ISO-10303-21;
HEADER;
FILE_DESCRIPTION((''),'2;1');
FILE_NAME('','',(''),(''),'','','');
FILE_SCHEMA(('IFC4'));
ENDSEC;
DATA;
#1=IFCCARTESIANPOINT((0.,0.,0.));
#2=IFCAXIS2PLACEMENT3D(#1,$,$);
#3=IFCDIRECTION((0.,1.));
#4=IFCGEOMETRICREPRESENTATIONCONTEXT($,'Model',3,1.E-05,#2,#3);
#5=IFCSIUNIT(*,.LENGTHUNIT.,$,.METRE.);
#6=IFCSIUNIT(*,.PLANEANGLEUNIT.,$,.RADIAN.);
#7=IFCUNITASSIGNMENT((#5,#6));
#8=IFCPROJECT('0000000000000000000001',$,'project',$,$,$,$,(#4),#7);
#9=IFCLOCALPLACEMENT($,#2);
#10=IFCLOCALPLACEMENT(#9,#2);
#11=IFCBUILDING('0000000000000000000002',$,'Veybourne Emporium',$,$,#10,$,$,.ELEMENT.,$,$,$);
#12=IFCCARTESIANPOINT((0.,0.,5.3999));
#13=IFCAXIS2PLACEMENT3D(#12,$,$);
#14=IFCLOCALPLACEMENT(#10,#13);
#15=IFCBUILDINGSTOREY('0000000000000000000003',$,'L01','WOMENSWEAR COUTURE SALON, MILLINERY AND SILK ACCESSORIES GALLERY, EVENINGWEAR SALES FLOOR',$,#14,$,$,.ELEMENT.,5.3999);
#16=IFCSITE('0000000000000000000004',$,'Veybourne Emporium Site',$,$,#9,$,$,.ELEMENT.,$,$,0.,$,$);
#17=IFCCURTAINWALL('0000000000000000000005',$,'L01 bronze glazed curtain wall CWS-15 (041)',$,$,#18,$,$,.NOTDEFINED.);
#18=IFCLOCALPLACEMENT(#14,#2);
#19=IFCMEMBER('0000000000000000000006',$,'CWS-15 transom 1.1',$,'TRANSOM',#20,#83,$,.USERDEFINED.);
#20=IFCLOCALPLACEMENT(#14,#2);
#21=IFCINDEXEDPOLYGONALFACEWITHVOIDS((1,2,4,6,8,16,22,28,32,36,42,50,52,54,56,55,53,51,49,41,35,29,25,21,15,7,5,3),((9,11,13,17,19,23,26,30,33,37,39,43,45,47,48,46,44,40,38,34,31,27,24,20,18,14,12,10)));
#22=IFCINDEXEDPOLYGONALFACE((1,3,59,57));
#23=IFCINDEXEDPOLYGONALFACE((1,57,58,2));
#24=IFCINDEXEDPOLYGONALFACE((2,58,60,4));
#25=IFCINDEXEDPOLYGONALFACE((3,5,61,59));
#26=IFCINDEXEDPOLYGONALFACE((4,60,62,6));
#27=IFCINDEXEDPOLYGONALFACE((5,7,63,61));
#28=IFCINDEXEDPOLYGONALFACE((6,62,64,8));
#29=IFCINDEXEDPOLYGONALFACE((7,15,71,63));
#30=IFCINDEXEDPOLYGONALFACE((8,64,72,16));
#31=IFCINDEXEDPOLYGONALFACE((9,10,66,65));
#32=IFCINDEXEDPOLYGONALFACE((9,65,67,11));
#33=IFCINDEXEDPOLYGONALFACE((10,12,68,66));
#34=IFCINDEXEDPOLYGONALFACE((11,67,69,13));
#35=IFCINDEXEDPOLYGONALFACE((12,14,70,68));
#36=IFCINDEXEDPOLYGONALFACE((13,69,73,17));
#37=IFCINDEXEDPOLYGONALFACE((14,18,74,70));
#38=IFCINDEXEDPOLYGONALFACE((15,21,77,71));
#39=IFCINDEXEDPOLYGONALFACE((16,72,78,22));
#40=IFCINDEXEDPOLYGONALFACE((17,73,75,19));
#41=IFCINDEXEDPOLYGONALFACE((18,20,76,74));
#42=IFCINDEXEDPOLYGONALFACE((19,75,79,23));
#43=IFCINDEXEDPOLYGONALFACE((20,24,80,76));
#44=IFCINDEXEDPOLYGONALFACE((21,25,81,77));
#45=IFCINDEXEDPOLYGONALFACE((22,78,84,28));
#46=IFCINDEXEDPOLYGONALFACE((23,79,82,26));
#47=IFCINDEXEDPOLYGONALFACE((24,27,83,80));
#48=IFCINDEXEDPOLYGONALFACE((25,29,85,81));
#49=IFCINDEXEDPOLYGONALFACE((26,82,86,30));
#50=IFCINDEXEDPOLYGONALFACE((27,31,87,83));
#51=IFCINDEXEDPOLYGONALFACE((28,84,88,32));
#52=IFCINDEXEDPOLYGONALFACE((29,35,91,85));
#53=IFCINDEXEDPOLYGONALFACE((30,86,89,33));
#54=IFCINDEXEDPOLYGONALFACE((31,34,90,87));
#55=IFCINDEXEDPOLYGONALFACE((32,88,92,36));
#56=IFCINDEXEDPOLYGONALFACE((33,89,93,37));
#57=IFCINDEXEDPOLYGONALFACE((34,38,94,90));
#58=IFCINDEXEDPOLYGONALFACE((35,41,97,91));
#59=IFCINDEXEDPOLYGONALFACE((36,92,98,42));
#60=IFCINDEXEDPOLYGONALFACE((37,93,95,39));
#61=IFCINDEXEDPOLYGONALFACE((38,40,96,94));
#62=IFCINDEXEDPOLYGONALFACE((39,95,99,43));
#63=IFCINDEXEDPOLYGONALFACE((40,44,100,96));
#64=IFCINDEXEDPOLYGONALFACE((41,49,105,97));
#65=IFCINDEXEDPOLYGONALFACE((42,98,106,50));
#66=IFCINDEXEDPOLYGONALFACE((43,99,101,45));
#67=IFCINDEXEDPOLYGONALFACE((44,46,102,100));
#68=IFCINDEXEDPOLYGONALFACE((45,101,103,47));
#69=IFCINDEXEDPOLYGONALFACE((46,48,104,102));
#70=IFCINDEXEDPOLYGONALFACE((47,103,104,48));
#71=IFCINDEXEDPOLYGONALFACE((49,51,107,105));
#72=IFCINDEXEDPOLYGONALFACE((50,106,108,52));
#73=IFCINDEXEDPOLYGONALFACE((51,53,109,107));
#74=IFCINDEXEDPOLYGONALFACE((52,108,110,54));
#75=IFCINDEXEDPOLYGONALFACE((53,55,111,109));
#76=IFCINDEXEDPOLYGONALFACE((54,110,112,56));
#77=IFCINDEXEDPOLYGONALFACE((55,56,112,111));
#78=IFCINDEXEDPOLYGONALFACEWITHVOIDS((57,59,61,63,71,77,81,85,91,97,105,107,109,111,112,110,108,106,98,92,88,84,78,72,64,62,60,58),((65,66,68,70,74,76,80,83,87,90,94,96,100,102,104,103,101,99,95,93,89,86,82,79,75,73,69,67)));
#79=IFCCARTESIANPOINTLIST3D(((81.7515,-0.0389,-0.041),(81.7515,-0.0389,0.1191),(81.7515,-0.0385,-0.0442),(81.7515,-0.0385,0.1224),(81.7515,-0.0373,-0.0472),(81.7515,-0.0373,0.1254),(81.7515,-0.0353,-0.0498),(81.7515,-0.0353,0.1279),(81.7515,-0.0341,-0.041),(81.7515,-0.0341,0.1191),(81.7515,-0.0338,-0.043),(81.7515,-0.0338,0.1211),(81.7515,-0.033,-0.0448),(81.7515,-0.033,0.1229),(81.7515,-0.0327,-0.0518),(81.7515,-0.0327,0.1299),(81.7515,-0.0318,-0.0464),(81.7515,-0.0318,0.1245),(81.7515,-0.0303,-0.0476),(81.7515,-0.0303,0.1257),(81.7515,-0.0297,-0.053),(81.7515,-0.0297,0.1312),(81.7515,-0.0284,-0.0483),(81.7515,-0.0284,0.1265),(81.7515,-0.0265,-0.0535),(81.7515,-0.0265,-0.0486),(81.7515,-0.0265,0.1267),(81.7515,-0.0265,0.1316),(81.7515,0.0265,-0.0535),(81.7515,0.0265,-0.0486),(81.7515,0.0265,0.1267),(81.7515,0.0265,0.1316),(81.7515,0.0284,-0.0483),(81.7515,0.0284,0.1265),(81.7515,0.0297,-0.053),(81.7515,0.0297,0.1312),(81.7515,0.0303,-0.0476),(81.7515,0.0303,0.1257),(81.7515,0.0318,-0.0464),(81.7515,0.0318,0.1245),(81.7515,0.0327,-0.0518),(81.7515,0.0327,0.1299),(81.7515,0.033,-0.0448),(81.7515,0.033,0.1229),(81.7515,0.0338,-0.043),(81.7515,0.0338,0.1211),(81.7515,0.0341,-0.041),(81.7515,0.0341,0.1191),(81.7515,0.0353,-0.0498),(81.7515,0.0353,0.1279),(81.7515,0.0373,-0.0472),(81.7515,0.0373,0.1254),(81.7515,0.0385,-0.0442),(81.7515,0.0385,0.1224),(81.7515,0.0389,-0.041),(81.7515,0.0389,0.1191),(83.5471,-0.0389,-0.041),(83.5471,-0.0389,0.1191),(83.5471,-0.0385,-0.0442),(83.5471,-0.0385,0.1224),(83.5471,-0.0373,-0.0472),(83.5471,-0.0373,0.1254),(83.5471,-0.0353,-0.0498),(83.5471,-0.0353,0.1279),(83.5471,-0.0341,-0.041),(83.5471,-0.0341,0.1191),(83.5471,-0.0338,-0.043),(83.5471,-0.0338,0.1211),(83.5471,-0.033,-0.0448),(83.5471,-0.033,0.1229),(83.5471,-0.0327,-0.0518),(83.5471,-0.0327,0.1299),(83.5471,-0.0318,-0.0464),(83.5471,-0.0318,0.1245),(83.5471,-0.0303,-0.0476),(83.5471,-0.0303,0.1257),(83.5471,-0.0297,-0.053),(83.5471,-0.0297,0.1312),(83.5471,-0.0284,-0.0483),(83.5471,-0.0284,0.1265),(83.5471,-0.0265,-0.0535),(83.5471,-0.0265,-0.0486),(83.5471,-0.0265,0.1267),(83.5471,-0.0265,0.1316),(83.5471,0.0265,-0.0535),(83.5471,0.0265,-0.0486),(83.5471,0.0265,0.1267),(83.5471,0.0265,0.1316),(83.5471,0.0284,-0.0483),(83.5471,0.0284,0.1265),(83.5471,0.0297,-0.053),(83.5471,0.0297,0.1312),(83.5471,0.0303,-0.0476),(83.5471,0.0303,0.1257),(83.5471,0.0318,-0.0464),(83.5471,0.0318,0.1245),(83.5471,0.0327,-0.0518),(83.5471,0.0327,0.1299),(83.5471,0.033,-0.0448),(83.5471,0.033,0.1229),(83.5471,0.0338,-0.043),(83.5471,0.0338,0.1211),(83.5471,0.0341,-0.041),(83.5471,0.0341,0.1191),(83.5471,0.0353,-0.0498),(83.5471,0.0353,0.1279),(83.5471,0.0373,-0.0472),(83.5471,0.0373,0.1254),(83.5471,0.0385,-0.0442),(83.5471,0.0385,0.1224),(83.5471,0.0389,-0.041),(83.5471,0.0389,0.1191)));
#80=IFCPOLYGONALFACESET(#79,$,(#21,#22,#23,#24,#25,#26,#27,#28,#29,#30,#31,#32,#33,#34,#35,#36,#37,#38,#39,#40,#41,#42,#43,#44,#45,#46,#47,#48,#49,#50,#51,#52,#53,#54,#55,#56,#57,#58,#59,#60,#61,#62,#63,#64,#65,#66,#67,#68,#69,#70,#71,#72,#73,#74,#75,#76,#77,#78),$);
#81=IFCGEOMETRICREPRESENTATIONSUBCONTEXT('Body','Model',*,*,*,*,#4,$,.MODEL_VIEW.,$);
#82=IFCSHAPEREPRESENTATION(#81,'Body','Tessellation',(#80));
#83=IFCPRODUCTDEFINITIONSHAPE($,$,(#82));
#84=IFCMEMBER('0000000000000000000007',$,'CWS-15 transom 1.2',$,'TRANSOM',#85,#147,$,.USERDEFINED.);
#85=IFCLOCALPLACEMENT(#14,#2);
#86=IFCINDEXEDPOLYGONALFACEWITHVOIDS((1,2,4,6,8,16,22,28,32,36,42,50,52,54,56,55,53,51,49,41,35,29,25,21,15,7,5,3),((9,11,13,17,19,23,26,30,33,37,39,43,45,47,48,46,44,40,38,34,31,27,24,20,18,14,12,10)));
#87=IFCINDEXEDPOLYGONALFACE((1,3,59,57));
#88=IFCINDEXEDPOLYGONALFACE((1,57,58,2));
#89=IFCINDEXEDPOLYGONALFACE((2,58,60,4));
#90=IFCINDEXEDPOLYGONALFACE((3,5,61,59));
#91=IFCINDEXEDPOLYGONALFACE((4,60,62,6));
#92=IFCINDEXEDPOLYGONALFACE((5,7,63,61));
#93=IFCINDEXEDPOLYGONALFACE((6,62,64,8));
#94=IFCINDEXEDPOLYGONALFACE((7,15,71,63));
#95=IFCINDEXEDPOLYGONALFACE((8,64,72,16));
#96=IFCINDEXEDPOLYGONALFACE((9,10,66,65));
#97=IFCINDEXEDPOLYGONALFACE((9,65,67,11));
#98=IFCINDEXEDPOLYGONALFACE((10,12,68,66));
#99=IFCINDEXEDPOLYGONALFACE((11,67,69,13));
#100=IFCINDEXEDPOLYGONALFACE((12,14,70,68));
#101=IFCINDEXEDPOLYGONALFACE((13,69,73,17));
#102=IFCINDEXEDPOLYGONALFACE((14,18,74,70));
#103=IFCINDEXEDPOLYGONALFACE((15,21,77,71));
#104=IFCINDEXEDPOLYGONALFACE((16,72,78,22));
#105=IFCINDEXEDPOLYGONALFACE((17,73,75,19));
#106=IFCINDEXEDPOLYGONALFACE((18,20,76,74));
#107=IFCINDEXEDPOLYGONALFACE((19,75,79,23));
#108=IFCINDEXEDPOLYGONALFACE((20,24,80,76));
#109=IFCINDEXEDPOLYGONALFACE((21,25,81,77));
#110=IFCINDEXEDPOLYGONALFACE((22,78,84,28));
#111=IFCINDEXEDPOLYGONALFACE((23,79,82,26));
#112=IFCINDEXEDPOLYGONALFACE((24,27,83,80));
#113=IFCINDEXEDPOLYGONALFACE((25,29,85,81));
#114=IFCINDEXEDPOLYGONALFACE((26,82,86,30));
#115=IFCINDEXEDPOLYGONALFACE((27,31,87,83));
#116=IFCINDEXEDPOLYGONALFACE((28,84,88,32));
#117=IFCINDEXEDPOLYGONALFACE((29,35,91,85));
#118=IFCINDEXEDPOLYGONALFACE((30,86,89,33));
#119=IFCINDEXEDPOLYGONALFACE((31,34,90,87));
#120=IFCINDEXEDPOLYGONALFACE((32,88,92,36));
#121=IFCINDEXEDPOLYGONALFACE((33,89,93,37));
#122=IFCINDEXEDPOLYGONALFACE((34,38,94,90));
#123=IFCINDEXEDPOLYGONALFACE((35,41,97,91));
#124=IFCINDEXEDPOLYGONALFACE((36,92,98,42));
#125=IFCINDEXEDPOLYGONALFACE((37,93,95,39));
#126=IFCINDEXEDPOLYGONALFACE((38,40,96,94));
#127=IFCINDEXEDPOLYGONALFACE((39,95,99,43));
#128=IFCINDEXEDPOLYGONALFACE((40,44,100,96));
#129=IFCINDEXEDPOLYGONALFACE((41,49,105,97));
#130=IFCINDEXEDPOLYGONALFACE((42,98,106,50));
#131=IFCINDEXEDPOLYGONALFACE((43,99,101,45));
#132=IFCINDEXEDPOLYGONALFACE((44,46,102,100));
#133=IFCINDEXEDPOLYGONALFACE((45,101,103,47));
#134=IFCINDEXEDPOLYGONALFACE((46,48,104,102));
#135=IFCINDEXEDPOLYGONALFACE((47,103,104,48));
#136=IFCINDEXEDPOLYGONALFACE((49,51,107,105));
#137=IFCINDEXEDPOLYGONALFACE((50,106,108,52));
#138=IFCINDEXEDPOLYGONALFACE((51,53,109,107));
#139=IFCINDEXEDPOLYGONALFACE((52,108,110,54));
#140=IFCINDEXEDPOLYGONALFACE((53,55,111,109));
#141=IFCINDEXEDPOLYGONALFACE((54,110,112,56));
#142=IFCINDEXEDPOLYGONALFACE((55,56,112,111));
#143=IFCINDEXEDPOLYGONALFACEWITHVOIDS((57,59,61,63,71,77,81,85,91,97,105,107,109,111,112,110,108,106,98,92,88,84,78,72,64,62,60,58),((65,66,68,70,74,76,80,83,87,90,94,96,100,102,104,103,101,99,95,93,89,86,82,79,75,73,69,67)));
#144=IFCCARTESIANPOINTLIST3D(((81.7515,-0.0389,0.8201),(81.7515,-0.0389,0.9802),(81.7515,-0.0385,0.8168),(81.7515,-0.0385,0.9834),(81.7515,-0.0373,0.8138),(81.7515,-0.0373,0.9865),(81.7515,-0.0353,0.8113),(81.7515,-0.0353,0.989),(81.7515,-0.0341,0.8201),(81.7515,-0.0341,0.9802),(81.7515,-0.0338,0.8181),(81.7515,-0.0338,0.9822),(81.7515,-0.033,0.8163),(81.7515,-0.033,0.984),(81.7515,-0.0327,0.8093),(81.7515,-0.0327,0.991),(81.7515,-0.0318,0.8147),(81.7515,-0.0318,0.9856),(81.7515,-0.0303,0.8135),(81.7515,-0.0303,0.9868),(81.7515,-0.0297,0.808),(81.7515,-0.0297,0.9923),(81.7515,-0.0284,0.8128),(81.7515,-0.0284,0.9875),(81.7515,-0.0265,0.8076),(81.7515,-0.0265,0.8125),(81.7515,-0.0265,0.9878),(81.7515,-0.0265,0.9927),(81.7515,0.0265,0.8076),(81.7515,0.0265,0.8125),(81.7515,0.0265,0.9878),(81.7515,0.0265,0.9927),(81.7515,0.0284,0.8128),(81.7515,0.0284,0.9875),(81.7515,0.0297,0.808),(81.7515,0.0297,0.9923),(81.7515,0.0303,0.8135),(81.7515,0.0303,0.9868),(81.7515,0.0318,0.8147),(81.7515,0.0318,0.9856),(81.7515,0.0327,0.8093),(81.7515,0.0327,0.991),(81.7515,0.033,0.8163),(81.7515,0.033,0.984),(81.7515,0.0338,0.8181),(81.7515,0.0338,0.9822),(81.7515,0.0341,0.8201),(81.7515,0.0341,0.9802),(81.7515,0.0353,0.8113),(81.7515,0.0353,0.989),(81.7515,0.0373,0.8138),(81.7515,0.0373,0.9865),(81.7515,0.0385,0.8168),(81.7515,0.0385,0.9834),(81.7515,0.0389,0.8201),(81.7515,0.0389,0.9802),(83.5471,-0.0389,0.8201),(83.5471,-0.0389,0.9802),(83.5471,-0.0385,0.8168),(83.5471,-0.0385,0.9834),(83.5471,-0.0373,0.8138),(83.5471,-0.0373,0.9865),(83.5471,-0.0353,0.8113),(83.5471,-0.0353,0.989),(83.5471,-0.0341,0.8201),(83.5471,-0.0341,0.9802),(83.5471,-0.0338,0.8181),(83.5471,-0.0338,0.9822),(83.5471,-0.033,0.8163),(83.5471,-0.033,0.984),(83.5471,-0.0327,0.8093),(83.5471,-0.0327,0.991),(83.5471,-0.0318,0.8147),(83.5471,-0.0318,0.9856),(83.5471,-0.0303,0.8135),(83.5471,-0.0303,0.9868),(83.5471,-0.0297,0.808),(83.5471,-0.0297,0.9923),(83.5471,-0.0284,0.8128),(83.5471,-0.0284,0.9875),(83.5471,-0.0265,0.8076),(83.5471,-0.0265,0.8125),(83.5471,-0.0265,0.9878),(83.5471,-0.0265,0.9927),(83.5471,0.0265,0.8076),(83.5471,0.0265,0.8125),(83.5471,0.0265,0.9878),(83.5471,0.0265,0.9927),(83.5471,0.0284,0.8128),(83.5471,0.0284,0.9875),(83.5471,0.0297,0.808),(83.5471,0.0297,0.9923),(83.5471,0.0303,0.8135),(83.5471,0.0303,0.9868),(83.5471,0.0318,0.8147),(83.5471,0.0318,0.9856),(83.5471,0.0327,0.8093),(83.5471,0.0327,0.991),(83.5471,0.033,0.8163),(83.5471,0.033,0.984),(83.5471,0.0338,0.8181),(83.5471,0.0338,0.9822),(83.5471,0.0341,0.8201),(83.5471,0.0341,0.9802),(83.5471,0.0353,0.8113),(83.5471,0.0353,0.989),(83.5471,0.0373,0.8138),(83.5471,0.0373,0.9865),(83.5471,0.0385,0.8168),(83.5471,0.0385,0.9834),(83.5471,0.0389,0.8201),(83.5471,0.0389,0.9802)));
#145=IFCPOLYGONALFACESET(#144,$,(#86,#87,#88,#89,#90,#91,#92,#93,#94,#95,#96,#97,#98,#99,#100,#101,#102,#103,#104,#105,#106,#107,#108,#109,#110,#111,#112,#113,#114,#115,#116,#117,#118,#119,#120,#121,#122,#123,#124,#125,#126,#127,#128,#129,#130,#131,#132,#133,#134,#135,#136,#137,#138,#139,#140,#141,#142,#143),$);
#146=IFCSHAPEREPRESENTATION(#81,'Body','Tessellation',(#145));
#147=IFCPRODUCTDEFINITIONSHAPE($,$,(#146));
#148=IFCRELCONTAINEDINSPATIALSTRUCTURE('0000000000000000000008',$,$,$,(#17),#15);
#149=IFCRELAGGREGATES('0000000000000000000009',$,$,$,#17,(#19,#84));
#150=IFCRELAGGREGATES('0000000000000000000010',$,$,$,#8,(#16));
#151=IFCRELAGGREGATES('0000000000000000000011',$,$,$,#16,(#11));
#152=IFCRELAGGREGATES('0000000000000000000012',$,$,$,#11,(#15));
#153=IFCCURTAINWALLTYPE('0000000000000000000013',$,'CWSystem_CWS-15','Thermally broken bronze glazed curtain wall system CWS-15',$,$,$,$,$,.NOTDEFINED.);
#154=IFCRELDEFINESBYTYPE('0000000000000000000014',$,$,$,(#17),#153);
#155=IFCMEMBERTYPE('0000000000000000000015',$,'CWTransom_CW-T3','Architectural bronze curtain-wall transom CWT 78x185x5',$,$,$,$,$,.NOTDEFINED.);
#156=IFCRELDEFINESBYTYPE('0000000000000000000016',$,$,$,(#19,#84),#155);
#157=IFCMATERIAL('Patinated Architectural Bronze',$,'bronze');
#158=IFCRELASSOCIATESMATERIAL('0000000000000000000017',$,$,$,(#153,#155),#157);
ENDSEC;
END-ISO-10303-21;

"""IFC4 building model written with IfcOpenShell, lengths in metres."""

from ifc_helpers import new_model, si_unit, direction, frame, origin, origin_2d, place, context, subcontext, project, spatial, hollow_rectangle, extrude, material, material_profile, profile_set, type_object, element, aggregate, save


model = new_model("IFC4")

# Units and contexts
model_context = context("Model", 3, precision=1e-05, world=origin(), true_north=direction((0.0, 1.0)))
body_context = subcontext(model_context, "Body", "Model", "MODEL_VIEW")
ifc_project = project(units=[si_unit("LENGTHUNIT", "METRE"), si_unit("PLANEANGLEUNIT", "RADIAN")], contexts=[model_context])

# Site, building, storey
site_placement = place(None, origin())
site = spatial("IfcSite", under=ifc_project, at=site_placement, Name="Veybourne Emporium Site", CompositionType="ELEMENT", RefElevation=0.0)
building_placement = place(site_placement, origin())
building = spatial("IfcBuilding", under=site, at=building_placement, Name="Veybourne Emporium", CompositionType="ELEMENT")
storey_placement = place(building_placement, frame((0.0, 0.0, 5.3999)))
storey = spatial("IfcBuildingStorey", under=building, at=storey_placement, Name="L01", Description="WOMENSWEAR COUTURE SALON, MILLINERY AND SILK ACCESSORIES GALLERY, EVENINGWEAR SALES FLOOR", CompositionType="ELEMENT", Elevation=5.3999)

# Shared definitions
ifc_material_1 = material(Name="Patinated Architectural Bronze", Category="bronze")

# Curtain wall
curtain_wall_type_1 = type_object("IfcCurtainWallType", Name="CWSystem_CWS-15", Description="Thermally broken bronze glazed curtain wall system CWS-15", PredefinedType="NOTDEFINED", material=ifc_material_1)
curtain_wall_1_placement = place(storey_placement, origin())
curtain_wall_1 = element("IfcCurtainWall", 1, at=curtain_wall_1_placement, inside=storey, type_object=curtain_wall_type_1, Name="L01 bronze glazed curtain wall CWS-15 (041)", PredefinedType="NOTDEFINED")

# Members
ifc_material_profile_1 = material_profile(ifc_material_1, hollow_rectangle(XDim=0.0779, YDim=0.1851, WallThickness=0.0049, InnerFilletRadius=0.0076, OuterFilletRadius=0.0125, at=origin_2d()), Name="CWT 78x185x5")
ifc_profile_set_1 = profile_set([ifc_material_profile_1], Name="Patinated Architectural Bronze")
member_type_1 = type_object("IfcMemberType", Name="CWTransom_CW-T3", Description="Architectural bronze curtain-wall transom CWT 78x185x5", PredefinedType="NOTDEFINED", material=ifc_profile_set_1)
member_1_placement = place(storey_placement, frame((83.5471, 0.0, 0.0391), z_axis=(-1.0, 0.0, 0.0), x_axis=(0.0, -1.0, 0.0)))
member_1 = element("IfcMember", 2, at=member_1_placement, type_object=member_type_1, Name="CWS-15 transom 1.1", ObjectType="TRANSOM", PredefinedType="USERDEFINED", context=body_context, shape_type="SweptSolid", body=[
    extrude(hollow_rectangle(XDim=0.0779, YDim=0.1851, WallThickness=0.0049, InnerFilletRadius=0.0076, OuterFilletRadius=0.0125, at=origin_2d()), origin(), (0.0, 0.0, 1.0), 1.7957),
])
member_2_placement = place(storey_placement, frame((83.5471, 0.0, 0.9001), z_axis=(-1.0, 0.0, 0.0), x_axis=(0.0, -1.0, 0.0)))
member_2 = element("IfcMember", 3, at=member_2_placement, type_object=member_type_1, Name="CWS-15 transom 1.2", ObjectType="TRANSOM", PredefinedType="USERDEFINED", context=body_context, shape_type="SweptSolid", body=[
    extrude(hollow_rectangle(XDim=0.0779, YDim=0.1851, WallThickness=0.0049, InnerFilletRadius=0.0076, OuterFilletRadius=0.0125, at=origin_2d()), origin(), (0.0, 0.0, 1.0), 1.7957),
])

aggregate(curtain_wall_1, [member_1, member_2])

save(model, "model.ifc")
